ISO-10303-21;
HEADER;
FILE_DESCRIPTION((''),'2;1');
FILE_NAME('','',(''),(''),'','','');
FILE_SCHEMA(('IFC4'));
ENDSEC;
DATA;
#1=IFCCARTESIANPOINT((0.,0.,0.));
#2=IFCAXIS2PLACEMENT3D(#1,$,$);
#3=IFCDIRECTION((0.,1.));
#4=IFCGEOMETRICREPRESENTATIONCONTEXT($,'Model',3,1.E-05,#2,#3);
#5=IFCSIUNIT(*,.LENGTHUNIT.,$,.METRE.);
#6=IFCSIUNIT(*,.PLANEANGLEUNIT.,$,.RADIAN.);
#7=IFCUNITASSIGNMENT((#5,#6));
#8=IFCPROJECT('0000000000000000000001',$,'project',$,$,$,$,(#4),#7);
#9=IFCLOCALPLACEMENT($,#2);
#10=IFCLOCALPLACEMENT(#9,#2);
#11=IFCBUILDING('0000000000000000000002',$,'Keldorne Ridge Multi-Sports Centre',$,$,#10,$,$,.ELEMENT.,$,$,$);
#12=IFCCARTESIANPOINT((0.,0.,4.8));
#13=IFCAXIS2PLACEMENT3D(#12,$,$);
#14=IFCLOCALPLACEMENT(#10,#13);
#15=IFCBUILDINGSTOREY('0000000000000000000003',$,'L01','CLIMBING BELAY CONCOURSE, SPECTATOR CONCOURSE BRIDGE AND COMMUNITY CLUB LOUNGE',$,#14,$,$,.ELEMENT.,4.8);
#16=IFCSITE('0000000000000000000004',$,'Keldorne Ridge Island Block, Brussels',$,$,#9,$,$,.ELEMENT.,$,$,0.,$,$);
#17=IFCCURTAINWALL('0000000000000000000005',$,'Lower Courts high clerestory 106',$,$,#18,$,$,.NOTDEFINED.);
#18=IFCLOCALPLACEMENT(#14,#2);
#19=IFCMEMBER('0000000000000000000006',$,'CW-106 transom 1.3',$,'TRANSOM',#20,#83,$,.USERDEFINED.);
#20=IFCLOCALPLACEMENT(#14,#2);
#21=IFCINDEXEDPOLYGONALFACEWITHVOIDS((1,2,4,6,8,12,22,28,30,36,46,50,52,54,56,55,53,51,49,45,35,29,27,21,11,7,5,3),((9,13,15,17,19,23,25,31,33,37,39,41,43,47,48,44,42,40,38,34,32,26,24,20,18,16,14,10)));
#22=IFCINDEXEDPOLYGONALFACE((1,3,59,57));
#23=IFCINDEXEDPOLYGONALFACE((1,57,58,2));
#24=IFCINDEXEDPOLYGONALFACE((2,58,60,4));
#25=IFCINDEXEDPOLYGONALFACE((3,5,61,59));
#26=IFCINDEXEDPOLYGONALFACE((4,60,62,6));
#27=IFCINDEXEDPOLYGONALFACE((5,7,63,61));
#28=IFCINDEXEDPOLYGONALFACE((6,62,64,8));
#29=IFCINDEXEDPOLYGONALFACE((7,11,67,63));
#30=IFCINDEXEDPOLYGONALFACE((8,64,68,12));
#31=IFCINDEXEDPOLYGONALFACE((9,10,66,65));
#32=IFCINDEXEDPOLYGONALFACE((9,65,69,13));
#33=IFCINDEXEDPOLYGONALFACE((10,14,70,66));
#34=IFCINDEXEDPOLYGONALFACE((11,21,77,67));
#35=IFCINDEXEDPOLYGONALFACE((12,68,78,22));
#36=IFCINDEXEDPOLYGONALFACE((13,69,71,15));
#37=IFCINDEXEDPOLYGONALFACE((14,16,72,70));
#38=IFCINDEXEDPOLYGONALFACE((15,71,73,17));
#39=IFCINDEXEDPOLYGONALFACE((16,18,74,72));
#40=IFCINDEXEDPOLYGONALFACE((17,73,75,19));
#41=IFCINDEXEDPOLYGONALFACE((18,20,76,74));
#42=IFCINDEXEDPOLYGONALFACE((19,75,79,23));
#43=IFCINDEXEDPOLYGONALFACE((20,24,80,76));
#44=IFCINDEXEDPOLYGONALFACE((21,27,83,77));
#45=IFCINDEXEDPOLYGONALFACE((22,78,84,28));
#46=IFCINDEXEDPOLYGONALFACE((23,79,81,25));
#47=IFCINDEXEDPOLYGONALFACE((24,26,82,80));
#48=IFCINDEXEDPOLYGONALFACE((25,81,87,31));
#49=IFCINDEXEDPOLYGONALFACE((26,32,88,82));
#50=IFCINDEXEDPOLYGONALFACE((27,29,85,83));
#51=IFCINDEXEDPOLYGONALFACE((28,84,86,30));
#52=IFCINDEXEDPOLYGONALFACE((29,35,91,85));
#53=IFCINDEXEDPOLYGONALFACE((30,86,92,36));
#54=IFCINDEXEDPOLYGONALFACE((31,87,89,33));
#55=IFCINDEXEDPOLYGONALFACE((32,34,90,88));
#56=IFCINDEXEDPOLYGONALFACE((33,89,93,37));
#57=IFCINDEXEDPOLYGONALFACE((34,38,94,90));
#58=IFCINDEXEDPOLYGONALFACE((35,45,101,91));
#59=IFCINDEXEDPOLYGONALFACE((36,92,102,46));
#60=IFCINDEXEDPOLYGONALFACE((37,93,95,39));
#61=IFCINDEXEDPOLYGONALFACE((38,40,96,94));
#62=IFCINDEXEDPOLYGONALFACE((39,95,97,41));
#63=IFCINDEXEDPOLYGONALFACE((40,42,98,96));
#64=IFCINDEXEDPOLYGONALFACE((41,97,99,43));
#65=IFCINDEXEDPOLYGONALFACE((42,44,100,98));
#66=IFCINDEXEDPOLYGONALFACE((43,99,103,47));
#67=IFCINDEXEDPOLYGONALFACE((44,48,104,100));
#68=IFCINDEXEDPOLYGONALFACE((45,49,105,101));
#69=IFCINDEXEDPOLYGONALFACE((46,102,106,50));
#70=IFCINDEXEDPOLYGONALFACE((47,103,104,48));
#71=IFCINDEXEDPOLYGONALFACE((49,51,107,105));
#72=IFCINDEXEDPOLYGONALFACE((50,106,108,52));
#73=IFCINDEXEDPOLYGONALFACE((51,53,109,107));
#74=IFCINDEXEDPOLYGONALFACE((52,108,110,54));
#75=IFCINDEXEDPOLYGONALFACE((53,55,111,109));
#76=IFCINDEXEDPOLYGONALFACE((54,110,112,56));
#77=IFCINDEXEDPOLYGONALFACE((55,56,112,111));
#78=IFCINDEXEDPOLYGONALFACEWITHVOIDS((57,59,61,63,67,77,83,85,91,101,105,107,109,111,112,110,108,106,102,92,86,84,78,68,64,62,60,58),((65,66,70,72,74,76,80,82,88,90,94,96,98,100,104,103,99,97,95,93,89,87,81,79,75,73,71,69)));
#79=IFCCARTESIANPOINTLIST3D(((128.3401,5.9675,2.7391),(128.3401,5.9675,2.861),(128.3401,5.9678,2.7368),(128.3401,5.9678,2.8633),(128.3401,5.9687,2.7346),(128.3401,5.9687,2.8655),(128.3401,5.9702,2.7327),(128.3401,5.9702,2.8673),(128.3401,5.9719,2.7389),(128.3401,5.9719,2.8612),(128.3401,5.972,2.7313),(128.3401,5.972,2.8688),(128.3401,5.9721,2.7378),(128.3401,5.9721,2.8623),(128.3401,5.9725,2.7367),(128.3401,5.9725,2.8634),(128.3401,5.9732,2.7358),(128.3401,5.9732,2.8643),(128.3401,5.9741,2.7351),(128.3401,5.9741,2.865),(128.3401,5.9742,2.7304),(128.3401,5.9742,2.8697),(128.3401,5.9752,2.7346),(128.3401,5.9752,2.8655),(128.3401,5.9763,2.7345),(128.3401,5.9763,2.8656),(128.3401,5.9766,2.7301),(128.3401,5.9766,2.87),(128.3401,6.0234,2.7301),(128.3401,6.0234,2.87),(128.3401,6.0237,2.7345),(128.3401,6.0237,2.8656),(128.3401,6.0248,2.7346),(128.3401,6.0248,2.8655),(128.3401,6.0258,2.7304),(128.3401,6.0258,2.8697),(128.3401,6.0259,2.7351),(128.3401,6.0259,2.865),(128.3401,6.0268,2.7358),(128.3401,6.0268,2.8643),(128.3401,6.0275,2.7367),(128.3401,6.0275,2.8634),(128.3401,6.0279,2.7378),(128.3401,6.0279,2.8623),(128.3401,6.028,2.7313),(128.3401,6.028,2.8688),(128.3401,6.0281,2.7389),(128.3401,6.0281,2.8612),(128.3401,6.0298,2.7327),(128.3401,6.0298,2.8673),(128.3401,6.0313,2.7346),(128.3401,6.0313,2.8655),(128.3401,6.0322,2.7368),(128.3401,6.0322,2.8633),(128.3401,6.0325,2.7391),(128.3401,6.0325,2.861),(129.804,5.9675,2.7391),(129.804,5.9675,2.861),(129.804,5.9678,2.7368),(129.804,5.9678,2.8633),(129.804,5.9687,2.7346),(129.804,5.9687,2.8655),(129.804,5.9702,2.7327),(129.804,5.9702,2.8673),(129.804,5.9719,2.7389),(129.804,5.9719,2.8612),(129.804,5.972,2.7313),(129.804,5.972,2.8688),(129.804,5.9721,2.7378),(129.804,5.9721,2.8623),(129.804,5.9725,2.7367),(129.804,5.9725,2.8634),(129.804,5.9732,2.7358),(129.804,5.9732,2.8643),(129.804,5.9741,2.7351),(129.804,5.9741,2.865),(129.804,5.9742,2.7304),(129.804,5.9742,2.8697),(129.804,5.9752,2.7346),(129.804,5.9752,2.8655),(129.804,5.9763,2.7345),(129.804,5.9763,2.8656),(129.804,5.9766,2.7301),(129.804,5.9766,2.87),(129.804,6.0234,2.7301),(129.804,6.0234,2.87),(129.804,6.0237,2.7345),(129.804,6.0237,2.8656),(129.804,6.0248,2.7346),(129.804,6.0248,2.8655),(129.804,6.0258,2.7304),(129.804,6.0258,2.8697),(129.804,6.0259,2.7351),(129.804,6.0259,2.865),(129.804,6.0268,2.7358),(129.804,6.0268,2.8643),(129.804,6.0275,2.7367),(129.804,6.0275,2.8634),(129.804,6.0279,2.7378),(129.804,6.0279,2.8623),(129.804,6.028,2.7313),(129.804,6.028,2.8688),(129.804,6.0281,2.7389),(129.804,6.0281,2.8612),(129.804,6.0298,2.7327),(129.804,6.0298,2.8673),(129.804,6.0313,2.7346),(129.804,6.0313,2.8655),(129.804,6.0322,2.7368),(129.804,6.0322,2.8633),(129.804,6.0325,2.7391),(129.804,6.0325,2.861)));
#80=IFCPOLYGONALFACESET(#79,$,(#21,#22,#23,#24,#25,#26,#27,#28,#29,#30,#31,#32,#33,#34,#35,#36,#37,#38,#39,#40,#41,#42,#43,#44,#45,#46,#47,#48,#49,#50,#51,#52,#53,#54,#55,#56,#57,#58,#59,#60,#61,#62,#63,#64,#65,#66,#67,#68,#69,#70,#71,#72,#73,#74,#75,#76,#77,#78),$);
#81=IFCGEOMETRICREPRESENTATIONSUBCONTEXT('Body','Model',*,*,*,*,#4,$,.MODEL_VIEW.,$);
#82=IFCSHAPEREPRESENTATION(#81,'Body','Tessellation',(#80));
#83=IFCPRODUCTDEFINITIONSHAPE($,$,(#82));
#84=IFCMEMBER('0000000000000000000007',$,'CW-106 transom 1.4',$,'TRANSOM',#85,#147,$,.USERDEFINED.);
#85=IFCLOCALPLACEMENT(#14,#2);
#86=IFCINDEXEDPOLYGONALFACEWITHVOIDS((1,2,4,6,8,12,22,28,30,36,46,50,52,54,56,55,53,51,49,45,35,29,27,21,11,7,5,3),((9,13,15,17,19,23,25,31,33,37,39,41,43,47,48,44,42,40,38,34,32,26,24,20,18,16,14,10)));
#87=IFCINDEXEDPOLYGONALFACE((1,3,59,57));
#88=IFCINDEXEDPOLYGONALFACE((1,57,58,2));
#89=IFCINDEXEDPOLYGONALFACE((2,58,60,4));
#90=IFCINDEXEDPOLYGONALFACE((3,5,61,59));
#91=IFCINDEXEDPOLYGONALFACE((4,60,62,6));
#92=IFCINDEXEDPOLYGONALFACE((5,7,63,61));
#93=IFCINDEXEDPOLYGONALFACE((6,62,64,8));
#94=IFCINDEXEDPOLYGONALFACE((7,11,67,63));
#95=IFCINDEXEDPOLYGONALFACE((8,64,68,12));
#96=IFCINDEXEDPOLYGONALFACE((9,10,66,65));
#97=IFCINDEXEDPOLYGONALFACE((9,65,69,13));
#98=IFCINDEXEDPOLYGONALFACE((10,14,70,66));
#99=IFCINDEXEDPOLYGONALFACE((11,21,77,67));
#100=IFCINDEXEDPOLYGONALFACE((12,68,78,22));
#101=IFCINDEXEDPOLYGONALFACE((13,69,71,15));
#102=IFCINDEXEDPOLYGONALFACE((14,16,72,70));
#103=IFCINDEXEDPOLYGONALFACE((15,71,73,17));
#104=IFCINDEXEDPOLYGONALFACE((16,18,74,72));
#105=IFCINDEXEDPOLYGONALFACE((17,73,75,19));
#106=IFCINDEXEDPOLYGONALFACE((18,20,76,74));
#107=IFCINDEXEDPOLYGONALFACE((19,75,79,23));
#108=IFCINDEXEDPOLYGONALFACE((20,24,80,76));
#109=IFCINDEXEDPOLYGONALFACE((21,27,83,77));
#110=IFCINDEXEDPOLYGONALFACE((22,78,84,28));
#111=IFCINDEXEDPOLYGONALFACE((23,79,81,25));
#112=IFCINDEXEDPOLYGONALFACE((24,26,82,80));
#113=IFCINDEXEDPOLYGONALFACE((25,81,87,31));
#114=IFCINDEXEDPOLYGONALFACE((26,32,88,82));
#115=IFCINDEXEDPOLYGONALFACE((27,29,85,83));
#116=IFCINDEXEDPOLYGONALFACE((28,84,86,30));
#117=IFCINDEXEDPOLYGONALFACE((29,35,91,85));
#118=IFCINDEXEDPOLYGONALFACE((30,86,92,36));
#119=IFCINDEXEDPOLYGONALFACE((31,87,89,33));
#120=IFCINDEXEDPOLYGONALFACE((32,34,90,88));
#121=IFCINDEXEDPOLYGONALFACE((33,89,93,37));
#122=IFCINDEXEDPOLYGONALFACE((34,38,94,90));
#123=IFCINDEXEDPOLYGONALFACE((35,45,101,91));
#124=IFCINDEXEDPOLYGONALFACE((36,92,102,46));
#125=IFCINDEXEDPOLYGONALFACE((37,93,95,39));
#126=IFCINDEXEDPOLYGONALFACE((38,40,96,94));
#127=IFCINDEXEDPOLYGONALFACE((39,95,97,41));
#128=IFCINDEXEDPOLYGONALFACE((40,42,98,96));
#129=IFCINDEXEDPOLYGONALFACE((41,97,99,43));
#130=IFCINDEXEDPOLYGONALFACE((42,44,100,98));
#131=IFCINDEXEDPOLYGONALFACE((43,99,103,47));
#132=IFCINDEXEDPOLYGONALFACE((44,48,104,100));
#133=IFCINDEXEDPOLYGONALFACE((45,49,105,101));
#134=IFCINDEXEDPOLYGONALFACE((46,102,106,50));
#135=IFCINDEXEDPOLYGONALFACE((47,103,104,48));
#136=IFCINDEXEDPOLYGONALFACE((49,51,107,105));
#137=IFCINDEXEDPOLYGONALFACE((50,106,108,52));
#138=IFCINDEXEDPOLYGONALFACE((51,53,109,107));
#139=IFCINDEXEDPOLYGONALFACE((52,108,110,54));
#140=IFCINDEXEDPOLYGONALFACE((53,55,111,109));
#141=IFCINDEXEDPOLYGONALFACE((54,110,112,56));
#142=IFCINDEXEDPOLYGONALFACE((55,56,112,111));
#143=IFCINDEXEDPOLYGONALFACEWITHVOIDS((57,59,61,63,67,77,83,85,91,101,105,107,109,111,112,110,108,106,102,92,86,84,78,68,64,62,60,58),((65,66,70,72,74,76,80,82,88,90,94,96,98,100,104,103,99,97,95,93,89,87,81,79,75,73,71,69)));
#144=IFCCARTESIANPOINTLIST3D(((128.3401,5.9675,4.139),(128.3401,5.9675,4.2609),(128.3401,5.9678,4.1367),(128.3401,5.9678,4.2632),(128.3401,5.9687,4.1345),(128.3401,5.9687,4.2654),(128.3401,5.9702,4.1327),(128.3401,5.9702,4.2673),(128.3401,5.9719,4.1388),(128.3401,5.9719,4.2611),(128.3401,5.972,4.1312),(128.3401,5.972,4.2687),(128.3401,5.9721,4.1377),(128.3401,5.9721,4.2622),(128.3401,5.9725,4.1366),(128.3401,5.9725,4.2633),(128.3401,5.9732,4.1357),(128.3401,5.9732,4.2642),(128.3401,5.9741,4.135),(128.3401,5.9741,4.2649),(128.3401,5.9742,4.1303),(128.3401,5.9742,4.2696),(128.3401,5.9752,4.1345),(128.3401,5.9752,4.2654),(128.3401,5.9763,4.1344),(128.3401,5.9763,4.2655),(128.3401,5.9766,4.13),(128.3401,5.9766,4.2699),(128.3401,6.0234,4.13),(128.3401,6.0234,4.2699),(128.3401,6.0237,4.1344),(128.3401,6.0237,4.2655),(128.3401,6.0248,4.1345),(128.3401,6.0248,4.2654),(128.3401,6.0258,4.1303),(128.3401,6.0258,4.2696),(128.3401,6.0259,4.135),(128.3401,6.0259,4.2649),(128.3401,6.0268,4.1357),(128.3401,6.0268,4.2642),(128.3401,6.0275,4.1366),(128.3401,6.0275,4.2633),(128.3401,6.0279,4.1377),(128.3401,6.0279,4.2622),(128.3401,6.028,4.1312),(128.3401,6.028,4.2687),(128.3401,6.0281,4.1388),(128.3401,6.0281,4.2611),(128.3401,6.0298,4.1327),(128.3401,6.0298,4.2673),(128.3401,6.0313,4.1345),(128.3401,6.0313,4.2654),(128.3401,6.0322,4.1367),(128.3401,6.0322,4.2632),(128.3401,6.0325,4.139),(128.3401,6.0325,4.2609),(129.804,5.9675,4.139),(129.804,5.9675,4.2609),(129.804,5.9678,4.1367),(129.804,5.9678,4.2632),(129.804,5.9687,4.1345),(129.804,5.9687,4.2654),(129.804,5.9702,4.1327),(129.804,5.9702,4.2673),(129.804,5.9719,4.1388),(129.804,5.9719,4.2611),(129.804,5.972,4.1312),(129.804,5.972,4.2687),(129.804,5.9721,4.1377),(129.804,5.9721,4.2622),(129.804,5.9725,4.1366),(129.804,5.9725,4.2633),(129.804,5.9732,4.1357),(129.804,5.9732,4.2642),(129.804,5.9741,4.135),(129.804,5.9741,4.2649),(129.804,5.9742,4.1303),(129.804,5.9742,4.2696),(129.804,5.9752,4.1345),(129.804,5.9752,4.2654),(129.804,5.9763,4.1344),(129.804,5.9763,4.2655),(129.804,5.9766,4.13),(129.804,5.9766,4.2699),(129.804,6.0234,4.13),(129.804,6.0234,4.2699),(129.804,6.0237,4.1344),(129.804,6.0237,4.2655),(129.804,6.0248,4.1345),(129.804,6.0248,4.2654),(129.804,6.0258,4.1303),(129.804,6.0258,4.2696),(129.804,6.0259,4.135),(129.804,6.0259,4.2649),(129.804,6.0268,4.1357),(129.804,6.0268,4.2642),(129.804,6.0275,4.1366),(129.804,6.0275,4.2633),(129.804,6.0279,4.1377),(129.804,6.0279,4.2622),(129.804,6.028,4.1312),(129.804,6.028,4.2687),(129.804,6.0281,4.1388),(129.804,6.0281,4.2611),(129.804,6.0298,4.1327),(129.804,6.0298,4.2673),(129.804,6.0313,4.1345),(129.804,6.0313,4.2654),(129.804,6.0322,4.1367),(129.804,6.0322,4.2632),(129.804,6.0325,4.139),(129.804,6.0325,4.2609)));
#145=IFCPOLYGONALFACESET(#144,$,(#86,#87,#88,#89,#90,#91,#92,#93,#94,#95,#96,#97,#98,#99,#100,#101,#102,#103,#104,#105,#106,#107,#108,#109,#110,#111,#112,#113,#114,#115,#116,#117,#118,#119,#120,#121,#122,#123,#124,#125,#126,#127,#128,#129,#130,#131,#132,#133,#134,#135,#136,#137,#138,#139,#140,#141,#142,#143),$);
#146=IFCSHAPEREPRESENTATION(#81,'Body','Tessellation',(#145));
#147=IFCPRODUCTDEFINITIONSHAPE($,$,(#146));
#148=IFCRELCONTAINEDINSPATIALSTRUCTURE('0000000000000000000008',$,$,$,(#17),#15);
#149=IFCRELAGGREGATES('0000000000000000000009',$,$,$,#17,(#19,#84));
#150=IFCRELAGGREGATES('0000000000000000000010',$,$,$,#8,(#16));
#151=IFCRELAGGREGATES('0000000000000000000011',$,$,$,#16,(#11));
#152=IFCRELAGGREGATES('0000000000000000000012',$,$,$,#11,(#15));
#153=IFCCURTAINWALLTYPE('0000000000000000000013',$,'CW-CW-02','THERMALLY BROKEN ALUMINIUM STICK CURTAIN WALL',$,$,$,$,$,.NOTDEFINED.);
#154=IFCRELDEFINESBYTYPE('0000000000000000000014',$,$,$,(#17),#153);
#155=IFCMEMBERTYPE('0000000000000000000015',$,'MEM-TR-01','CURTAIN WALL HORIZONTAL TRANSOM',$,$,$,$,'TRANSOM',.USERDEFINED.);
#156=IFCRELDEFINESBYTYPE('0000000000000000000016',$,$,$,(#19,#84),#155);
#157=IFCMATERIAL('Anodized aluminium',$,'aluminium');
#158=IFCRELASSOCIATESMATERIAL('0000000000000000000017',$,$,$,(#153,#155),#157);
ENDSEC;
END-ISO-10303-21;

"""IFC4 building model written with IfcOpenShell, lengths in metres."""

from ifc_helpers import new_model, si_unit, direction, frame, origin, origin_2d, place, context, subcontext, project, spatial, hollow_rectangle, extrude, material, material_profile, profile_set, type_object, element, aggregate, save


model = new_model("IFC4")

# Units and contexts
model_context = context("Model", 3, precision=1e-05, world=origin(), true_north=direction((0.0, 1.0)))
body_context = subcontext(model_context, "Body", "Model", "MODEL_VIEW")
ifc_project = project(units=[si_unit("LENGTHUNIT", "METRE"), si_unit("PLANEANGLEUNIT", "RADIAN")], contexts=[model_context])

# Site, building, storey
site_placement = place(None, origin())
site = spatial("IfcSite", under=ifc_project, at=site_placement, Name="Keldorne Ridge Island Block, Brussels", CompositionType="ELEMENT", RefElevation=0.0)
building_placement = place(site_placement, origin())
building = spatial("IfcBuilding", under=site, at=building_placement, Name="Keldorne Ridge Multi-Sports Centre", CompositionType="ELEMENT")
storey_placement = place(building_placement, frame((0.0, 0.0, 4.8)))
storey = spatial("IfcBuildingStorey", under=building, at=storey_placement, Name="L01", Description="CLIMBING BELAY CONCOURSE, SPECTATOR CONCOURSE BRIDGE AND COMMUNITY CLUB LOUNGE", CompositionType="ELEMENT", Elevation=4.8)

# Curtain wall, members
ifc_material_1 = material(Name="Anodized aluminium", Category="aluminium")
curtain_wall_type = type_object("IfcCurtainWallType", Name="CW-CW-02", Description="THERMALLY BROKEN ALUMINIUM STICK CURTAIN WALL", PredefinedType="NOTDEFINED", material=ifc_material_1)
curtain_wall_placement = place(storey_placement, origin())
curtain_wall = element("IfcCurtainWall", 1, at=curtain_wall_placement, inside=storey, type_object=curtain_wall_type, Name="Lower Courts high clerestory 106", PredefinedType="NOTDEFINED")
ifc_material_profile_1 = material_profile(ifc_material_1, hollow_rectangle(XDim=0.0649, YDim=0.1399, WallThickness=0.0044, InnerFilletRadius=0.0044, OuterFilletRadius=0.009, at=origin_2d()), Name="ALU TRANSOM 140x65x4.5")
ifc_profile_set_1 = profile_set([ifc_material_profile_1], Name="Anodized aluminium")
member_type_1 = type_object("IfcMemberType", Name="MEM-TR-01", Description="CURTAIN WALL HORIZONTAL TRANSOM", ElementType="TRANSOM", PredefinedType="USERDEFINED", material=ifc_profile_set_1)
member_1_placement = place(storey_placement, frame((128.3401, 6.0, 2.8), z_axis=(1.0, 0.0, 0.0), x_axis=(0.0, 1.0, 0.0)))
member_1 = element("IfcMember", 2, at=member_1_placement, type_object=member_type_1, Name="CW-106 transom 1.3", ObjectType="TRANSOM", PredefinedType="USERDEFINED", context=body_context, shape_type="SweptSolid", body=[
    extrude(hollow_rectangle(XDim=0.0649, YDim=0.1399, WallThickness=0.0044, InnerFilletRadius=0.0044, OuterFilletRadius=0.009, at=origin_2d()), origin(), (0.0, 0.0, 1.0), 1.4639),
])
member_2_placement = place(storey_placement, frame((128.3401, 6.0, 4.2), z_axis=(1.0, 0.0, 0.0), x_axis=(0.0, 1.0, 0.0)))
member_2 = element("IfcMember", 3, at=member_2_placement, type_object=member_type_1, Name="CW-106 transom 1.4", ObjectType="TRANSOM", PredefinedType="USERDEFINED", context=body_context, shape_type="SweptSolid", body=[
    extrude(hollow_rectangle(XDim=0.0649, YDim=0.1399, WallThickness=0.0044, InnerFilletRadius=0.0044, OuterFilletRadius=0.009, at=origin_2d()), origin(), (0.0, 0.0, 1.0), 1.4639),
])

aggregate(curtain_wall, [member_1, member_2])

save(model, "model.ifc")
